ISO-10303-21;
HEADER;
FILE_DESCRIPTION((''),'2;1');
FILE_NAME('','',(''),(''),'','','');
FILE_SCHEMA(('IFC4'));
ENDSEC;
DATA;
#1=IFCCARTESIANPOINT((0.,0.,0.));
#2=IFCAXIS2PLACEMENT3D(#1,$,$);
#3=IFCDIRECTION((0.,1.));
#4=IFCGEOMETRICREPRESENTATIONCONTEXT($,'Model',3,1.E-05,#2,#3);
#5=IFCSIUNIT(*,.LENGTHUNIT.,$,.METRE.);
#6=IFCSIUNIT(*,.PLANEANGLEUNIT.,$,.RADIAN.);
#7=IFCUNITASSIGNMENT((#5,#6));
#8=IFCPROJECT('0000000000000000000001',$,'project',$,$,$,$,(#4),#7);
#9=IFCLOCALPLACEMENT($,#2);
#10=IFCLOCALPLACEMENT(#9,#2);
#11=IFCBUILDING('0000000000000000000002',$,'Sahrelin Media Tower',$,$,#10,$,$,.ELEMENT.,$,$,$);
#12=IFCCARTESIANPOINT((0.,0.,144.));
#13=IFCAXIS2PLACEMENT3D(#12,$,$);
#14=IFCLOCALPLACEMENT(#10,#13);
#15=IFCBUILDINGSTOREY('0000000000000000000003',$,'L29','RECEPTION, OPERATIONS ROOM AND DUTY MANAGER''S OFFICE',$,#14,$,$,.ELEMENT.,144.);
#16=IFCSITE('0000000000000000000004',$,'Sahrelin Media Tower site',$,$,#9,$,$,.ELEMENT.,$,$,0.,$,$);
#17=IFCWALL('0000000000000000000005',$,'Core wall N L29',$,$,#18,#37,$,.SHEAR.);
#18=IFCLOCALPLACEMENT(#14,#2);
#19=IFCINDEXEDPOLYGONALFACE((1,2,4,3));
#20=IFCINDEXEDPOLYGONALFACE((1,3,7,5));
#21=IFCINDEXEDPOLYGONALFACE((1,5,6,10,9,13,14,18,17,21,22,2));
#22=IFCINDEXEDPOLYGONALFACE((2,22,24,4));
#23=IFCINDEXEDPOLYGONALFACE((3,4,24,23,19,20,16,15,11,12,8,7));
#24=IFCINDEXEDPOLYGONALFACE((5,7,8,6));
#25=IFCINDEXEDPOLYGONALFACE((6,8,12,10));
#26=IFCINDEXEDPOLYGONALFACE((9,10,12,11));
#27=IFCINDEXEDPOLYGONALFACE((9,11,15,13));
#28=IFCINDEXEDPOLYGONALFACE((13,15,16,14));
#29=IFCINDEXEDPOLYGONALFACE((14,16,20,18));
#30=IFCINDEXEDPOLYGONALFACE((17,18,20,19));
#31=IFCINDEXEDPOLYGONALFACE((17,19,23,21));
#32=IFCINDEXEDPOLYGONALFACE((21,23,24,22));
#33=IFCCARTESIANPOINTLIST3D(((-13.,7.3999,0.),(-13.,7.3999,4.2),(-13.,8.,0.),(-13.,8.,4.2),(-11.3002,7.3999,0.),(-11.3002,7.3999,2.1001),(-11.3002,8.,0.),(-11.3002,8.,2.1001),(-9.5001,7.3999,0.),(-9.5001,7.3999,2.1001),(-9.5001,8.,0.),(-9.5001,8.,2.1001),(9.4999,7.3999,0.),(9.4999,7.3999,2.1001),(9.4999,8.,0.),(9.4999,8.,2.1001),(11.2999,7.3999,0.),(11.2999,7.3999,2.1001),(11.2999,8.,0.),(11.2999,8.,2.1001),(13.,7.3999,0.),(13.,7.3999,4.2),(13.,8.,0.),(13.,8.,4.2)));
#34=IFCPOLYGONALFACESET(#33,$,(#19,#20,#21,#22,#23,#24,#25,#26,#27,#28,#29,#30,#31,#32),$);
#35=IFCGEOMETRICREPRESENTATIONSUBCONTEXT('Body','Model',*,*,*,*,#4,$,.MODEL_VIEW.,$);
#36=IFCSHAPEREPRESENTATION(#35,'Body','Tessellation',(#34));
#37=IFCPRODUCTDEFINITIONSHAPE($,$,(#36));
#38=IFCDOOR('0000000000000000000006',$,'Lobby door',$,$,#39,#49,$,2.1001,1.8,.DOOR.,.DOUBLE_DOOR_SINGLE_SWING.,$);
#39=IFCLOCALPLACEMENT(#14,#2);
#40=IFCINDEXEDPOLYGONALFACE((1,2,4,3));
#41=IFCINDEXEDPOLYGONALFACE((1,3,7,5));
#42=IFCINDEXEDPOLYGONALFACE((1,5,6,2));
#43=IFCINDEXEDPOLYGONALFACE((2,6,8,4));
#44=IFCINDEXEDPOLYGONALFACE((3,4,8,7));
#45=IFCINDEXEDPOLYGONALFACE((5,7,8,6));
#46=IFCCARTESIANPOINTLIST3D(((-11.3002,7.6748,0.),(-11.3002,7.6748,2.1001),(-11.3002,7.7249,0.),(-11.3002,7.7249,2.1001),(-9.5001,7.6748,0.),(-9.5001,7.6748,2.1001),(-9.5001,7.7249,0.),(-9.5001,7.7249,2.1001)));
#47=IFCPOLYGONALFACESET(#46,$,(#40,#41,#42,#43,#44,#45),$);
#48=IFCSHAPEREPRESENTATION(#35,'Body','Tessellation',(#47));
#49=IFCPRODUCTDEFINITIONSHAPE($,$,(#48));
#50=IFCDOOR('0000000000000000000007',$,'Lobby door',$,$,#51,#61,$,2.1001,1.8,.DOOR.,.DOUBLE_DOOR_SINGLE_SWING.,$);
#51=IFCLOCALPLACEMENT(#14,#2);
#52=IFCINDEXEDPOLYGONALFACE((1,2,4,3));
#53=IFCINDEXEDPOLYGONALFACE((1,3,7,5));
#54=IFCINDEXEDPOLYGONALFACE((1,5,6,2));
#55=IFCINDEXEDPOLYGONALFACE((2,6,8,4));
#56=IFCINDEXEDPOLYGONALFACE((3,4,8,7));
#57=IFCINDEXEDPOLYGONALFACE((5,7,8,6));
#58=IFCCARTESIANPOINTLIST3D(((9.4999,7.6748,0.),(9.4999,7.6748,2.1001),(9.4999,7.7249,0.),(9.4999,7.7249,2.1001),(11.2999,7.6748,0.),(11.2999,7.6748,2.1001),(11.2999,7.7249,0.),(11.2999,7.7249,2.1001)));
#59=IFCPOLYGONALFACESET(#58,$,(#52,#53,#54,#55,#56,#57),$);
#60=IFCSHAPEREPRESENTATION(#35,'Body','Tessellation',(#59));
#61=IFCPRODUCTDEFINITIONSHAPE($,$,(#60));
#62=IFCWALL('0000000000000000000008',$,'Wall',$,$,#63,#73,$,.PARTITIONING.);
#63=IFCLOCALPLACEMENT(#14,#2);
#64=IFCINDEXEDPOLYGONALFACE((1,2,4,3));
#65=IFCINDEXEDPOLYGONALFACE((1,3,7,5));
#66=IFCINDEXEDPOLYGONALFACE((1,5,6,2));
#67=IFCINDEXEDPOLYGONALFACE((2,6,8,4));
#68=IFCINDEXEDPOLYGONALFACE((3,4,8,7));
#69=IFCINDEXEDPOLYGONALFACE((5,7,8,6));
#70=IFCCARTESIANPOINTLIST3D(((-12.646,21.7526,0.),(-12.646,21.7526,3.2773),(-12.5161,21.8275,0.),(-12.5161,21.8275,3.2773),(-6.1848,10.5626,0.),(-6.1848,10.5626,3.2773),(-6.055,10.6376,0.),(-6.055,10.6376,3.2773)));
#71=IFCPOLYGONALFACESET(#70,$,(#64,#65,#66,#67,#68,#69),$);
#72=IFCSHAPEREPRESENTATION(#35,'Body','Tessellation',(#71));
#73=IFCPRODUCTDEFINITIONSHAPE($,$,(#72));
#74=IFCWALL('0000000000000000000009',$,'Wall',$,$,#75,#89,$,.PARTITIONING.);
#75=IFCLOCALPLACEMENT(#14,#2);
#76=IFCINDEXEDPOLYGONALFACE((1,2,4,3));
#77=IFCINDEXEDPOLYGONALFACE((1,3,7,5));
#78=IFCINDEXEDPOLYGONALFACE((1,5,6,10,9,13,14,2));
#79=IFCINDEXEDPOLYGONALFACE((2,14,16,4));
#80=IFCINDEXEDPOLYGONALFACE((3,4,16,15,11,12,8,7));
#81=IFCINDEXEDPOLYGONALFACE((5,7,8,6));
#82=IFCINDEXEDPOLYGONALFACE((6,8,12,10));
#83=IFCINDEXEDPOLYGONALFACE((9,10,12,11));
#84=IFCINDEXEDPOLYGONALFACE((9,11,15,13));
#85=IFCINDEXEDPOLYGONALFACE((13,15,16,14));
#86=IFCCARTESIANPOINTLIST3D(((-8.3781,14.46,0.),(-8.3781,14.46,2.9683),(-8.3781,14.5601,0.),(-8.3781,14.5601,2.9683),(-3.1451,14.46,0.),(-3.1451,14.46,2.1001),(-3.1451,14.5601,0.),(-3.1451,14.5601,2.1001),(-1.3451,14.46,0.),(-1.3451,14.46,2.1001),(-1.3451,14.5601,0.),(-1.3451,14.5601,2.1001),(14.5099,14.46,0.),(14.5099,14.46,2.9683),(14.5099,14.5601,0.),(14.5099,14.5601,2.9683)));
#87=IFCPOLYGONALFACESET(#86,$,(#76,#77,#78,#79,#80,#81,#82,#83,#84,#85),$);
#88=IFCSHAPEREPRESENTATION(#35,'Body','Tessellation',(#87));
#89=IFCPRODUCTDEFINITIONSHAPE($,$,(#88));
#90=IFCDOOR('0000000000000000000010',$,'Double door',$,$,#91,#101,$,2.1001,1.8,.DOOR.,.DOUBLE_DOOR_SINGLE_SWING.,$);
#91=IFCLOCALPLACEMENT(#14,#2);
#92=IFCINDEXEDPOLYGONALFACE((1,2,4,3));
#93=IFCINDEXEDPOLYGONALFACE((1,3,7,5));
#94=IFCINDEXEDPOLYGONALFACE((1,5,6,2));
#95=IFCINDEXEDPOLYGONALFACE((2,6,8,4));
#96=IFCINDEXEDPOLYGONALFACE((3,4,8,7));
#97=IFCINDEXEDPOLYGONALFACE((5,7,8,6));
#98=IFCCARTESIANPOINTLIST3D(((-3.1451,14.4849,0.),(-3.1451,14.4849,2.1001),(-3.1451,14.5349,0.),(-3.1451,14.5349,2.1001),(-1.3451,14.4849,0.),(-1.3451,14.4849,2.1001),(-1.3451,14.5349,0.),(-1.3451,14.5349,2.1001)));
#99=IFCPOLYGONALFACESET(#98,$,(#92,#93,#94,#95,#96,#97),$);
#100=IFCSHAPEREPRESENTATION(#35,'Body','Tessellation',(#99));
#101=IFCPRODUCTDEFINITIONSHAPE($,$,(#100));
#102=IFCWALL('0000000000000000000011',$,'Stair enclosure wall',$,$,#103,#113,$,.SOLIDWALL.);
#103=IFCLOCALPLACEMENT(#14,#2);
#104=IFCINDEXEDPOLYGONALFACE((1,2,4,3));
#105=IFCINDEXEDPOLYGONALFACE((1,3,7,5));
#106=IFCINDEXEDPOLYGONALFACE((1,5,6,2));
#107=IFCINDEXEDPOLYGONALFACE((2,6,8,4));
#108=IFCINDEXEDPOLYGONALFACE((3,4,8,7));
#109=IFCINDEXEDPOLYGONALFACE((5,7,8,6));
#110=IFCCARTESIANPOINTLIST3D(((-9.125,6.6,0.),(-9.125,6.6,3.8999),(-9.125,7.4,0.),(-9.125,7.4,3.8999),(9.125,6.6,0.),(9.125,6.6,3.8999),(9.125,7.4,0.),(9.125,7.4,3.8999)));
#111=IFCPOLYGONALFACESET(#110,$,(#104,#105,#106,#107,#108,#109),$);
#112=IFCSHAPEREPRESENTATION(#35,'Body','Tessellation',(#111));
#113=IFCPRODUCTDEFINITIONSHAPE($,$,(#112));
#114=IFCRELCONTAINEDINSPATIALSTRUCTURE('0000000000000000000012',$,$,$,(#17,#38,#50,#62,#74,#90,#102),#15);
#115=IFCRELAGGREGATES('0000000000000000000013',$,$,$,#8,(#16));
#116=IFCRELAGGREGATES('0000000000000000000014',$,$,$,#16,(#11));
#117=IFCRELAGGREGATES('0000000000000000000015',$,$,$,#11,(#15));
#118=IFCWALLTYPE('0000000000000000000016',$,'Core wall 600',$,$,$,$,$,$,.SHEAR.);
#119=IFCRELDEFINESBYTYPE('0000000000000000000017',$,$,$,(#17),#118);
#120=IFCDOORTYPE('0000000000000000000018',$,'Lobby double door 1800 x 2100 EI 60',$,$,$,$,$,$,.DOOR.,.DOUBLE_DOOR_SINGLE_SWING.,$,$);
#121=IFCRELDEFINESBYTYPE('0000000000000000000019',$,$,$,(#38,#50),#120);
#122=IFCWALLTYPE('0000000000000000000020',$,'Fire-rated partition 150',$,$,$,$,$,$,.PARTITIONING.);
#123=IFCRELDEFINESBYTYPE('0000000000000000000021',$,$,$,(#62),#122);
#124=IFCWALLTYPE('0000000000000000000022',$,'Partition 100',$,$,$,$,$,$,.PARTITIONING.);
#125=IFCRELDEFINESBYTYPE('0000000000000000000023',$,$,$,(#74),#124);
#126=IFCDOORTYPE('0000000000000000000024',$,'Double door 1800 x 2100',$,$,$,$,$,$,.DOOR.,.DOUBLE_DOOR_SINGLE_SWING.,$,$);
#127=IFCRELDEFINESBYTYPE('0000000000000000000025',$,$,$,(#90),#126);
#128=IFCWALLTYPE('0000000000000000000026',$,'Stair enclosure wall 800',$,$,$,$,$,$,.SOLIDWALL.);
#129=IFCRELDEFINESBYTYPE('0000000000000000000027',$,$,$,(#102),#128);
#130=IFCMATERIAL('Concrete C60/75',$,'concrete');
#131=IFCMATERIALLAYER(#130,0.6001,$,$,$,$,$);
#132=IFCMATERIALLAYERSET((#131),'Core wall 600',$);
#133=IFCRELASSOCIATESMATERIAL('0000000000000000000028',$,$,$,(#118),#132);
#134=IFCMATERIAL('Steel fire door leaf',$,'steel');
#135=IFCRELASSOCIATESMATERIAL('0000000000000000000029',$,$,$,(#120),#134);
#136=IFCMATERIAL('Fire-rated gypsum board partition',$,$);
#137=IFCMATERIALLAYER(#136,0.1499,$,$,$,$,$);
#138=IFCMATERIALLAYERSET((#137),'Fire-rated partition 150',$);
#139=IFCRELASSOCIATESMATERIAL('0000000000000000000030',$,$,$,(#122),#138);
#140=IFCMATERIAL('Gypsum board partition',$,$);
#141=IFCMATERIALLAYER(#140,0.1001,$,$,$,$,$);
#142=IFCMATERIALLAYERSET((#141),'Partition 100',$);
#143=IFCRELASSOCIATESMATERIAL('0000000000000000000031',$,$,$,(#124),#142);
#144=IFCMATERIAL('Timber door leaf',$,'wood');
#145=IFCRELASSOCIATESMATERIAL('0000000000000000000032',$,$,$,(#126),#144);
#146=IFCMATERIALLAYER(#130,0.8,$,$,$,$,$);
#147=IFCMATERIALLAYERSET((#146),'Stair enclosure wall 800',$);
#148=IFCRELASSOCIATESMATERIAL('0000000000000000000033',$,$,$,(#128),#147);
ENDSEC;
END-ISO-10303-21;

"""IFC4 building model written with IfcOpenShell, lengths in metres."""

from ifc_helpers import new_model, si_unit, direction, frame, frame_2d, origin, place, context, subcontext, project, spatial, rectangle, extrude, material, layer, layer_set, type_object, element, fill, save


model = new_model("IFC4")

# Units and contexts
model_context = context("Model", 3, precision=1e-05, world=origin(), true_north=direction((0.0, 1.0)))
body_context = subcontext(model_context, "Body", "Model", "MODEL_VIEW")
ifc_project = project(units=[si_unit("LENGTHUNIT", "METRE"), si_unit("PLANEANGLEUNIT", "RADIAN")], contexts=[model_context])

# Site, building, storey
site_placement = place(None, origin())
site = spatial("IfcSite", under=ifc_project, at=site_placement, Name="Sahrelin Media Tower site", CompositionType="ELEMENT", RefElevation=0.0)
building_placement = place(site_placement, origin())
building = spatial("IfcBuilding", under=site, at=building_placement, Name="Sahrelin Media Tower", CompositionType="ELEMENT")
storey_placement = place(building_placement, frame((0.0, 0.0, 144.0)))
storey = spatial("IfcBuildingStorey", under=building, at=storey_placement, Name="L29", Description="RECEPTION, OPERATIONS ROOM AND DUTY MANAGER'S OFFICE", CompositionType="ELEMENT", Elevation=144.0)

# Wall, openings, doors
ifc_material_1 = material(Name="Concrete C60/75", Category="concrete")
ifc_layer_1 = layer(ifc_material_1, 0.6001)
ifc_layer_set_1 = layer_set([ifc_layer_1], Name="Core wall 600")
wall_type_1 = type_object("IfcWallType", Name="Core wall 600", PredefinedType="SHEAR", material=ifc_layer_set_1)
wall_1_placement = place(storey_placement, frame((-13.0, 7.7, 0.0), z_axis=(0.0, 0.0, 1.0), x_axis=(1.0, 0.0, 0.0)))
wall_1 = element("IfcWall", 1, at=wall_1_placement, inside=storey, type_object=wall_type_1, Name="Core wall N L29", PredefinedType="SHEAR", context=body_context, shape_type="SweptSolid", body=[
    extrude(rectangle(XDim=26.0, YDim=0.6001, at=frame_2d((13.0, 0.0))), origin(), (0.0, 0.0, 1.0), 4.2),
])
opening_1_placement = place(wall_1_placement, frame((1.7, 0.0, 0.0)))
opening_1 = element("IfcOpeningElement", 2, at=opening_1_placement, cuts=wall_1, PredefinedType="OPENING", context=body_context, shape_type="SweptSolid", body=[
    extrude(rectangle(XDim=1.8, YDim=2.1001, at=frame_2d((0.8999, 1.05))), frame((0.0, 0.3, 0.0), z_axis=(0.0, -1.0, 0.0), x_axis=(1.0, 0.0, 0.0)), (0.0, 0.0, 1.0), 0.6001),
])
opening_2_placement = place(wall_1_placement, frame((22.5, 0.0, 0.0)))
opening_2 = element("IfcOpeningElement", 3, at=opening_2_placement, cuts=wall_1, PredefinedType="OPENING", context=body_context, shape_type="SweptSolid", body=[
    extrude(rectangle(XDim=1.8, YDim=2.1001, at=frame_2d((0.8999, 1.05))), frame((0.0, 0.3, 0.0), z_axis=(0.0, -1.0, 0.0), x_axis=(1.0, 0.0, 0.0)), (0.0, 0.0, 1.0), 0.6001),
])
ifc_material_2 = material(Name="Steel fire door leaf", Category="steel")
door_type_1 = type_object("IfcDoorType", Name="Lobby double door 1800 x 2100 EI 60", OperationType="DOUBLE_DOOR_SINGLE_SWING", PredefinedType="DOOR", material=ifc_material_2)
door_1_placement = place(opening_1_placement, origin())
door_1 = element("IfcDoor", 4, at=door_1_placement, inside=storey, type_object=door_type_1, Name="Lobby door", OperationType="DOUBLE_DOOR_SINGLE_SWING", OverallHeight=2.1001, OverallWidth=1.8, PredefinedType="DOOR", context=body_context, shape_type="SweptSolid", body=[
    extrude(rectangle(XDim=1.8, YDim=2.1001, at=frame_2d((0.8999, 1.05))), frame((0.0, 0.0249, 0.0), z_axis=(0.0, -1.0, 0.0), x_axis=(1.0, 0.0, 0.0)), (0.0, 0.0, 1.0), 0.05),
])
fill(opening_1, door_1)
door_2_placement = place(opening_2_placement, origin())
door_2 = element("IfcDoor", 5, at=door_2_placement, inside=storey, type_object=door_type_1, Name="Lobby door", OperationType="DOUBLE_DOOR_SINGLE_SWING", OverallHeight=2.1001, OverallWidth=1.8, PredefinedType="DOOR", context=body_context, shape_type="SweptSolid", body=[
    extrude(rectangle(XDim=1.8, YDim=2.1001, at=frame_2d((0.8999, 1.05))), frame((0.0, 0.0249, 0.0), z_axis=(0.0, -1.0, 0.0), x_axis=(1.0, 0.0, 0.0)), (0.0, 0.0, 1.0), 0.05),
])
fill(opening_2, door_2)

# Wall
ifc_material_3 = material(Name="Fire-rated gypsum board partition")
ifc_layer_2 = layer(ifc_material_3, 0.1499)
ifc_layer_set_2 = layer_set([ifc_layer_2], Name="Fire-rated partition 150")
wall_type_2 = type_object("IfcWallType", Name="Fire-rated partition 150", PredefinedType="PARTITIONING", material=ifc_layer_set_2)
wall_2_placement = place(storey_placement, frame((-12.5811, 21.79, 0.0), z_axis=(0.0, 0.0, 1.0), x_axis=(0.500039, -0.866003, 0.0)))
element("IfcWall", 6, at=wall_2_placement, inside=storey, type_object=wall_type_2, Name="Wall", PredefinedType="PARTITIONING", context=body_context, shape_type="SweptSolid", body=[
    extrude(rectangle(XDim=12.9214, YDim=0.1499, at=frame_2d((6.4607, 0.0))), origin(), (0.0, 0.0, 1.0), 3.2773),
])

# Wall, opening, door
ifc_material_4 = material(Name="Gypsum board partition")
ifc_layer_3 = layer(ifc_material_4, 0.1001)
ifc_layer_set_3 = layer_set([ifc_layer_3], Name="Partition 100")
wall_type_3 = type_object("IfcWallType", Name="Partition 100", PredefinedType="PARTITIONING", material=ifc_layer_set_3)
wall_3_placement = place(storey_placement, frame((-8.3779, 14.51, 0.0), z_axis=(0.0, 0.0, 1.0), x_axis=(1.0, 0.0, 0.0)))
wall_3 = element("IfcWall", 7, at=wall_3_placement, inside=storey, type_object=wall_type_3, Name="Wall", PredefinedType="PARTITIONING", context=body_context, shape_type="SweptSolid", body=[
    extrude(rectangle(XDim=22.8879, YDim=0.1001, at=frame_2d((11.4438, 0.0))), origin(), (0.0, 0.0, 1.0), 2.9683),
])
opening_3_placement = place(wall_3_placement, frame((5.2329, 0.0, 0.0)))
opening_3 = element("IfcOpeningElement", 8, at=opening_3_placement, cuts=wall_3, PredefinedType="OPENING", context=body_context, shape_type="SweptSolid", body=[
    extrude(rectangle(XDim=1.8, YDim=2.1001, at=frame_2d((0.8999, 1.05))), frame((0.0, 0.05, 0.0), z_axis=(0.0, -1.0, 0.0), x_axis=(1.0, 0.0, 0.0)), (0.0, 0.0, 1.0), 0.1001),
])
ifc_material_5 = material(Name="Timber door leaf", Category="wood")
door_type_2 = type_object("IfcDoorType", Name="Double door 1800 x 2100", OperationType="DOUBLE_DOOR_SINGLE_SWING", PredefinedType="DOOR", material=ifc_material_5)
door_3_placement = place(opening_3_placement, origin())
door_3 = element("IfcDoor", 9, at=door_3_placement, inside=storey, type_object=door_type_2, Name="Double door", OperationType="DOUBLE_DOOR_SINGLE_SWING", OverallHeight=2.1001, OverallWidth=1.8, PredefinedType="DOOR", context=body_context, shape_type="SweptSolid", body=[
    extrude(rectangle(XDim=1.8, YDim=2.1001, at=frame_2d((0.8999, 1.05))), frame((0.0, 0.0249, 0.0), z_axis=(0.0, -1.0, 0.0), x_axis=(1.0, 0.0, 0.0)), (0.0, 0.0, 1.0), 0.05),
])
fill(opening_3, door_3)

# Wall
ifc_layer_4 = layer(ifc_material_1, 0.8)
ifc_layer_set_4 = layer_set([ifc_layer_4], Name="Stair enclosure wall 800")
wall_type_4 = type_object("IfcWallType", Name="Stair enclosure wall 800", PredefinedType="SOLIDWALL", material=ifc_layer_set_4)
wall_4_placement = place(storey_placement, frame((-9.125, 7.0, 0.0), z_axis=(0.0, 0.0, 1.0), x_axis=(1.0, 0.0, 0.0)))
element("IfcWall", 10, at=wall_4_placement, inside=storey, type_object=wall_type_4, Name="Stair enclosure wall", PredefinedType="SOLIDWALL", context=body_context, shape_type="SweptSolid", body=[
    extrude(rectangle(XDim=18.25, YDim=0.8, at=frame_2d((9.125, 0.0))), origin(), (0.0, 0.0, 1.0), 3.8999),
])

save(model, "model.ifc")
